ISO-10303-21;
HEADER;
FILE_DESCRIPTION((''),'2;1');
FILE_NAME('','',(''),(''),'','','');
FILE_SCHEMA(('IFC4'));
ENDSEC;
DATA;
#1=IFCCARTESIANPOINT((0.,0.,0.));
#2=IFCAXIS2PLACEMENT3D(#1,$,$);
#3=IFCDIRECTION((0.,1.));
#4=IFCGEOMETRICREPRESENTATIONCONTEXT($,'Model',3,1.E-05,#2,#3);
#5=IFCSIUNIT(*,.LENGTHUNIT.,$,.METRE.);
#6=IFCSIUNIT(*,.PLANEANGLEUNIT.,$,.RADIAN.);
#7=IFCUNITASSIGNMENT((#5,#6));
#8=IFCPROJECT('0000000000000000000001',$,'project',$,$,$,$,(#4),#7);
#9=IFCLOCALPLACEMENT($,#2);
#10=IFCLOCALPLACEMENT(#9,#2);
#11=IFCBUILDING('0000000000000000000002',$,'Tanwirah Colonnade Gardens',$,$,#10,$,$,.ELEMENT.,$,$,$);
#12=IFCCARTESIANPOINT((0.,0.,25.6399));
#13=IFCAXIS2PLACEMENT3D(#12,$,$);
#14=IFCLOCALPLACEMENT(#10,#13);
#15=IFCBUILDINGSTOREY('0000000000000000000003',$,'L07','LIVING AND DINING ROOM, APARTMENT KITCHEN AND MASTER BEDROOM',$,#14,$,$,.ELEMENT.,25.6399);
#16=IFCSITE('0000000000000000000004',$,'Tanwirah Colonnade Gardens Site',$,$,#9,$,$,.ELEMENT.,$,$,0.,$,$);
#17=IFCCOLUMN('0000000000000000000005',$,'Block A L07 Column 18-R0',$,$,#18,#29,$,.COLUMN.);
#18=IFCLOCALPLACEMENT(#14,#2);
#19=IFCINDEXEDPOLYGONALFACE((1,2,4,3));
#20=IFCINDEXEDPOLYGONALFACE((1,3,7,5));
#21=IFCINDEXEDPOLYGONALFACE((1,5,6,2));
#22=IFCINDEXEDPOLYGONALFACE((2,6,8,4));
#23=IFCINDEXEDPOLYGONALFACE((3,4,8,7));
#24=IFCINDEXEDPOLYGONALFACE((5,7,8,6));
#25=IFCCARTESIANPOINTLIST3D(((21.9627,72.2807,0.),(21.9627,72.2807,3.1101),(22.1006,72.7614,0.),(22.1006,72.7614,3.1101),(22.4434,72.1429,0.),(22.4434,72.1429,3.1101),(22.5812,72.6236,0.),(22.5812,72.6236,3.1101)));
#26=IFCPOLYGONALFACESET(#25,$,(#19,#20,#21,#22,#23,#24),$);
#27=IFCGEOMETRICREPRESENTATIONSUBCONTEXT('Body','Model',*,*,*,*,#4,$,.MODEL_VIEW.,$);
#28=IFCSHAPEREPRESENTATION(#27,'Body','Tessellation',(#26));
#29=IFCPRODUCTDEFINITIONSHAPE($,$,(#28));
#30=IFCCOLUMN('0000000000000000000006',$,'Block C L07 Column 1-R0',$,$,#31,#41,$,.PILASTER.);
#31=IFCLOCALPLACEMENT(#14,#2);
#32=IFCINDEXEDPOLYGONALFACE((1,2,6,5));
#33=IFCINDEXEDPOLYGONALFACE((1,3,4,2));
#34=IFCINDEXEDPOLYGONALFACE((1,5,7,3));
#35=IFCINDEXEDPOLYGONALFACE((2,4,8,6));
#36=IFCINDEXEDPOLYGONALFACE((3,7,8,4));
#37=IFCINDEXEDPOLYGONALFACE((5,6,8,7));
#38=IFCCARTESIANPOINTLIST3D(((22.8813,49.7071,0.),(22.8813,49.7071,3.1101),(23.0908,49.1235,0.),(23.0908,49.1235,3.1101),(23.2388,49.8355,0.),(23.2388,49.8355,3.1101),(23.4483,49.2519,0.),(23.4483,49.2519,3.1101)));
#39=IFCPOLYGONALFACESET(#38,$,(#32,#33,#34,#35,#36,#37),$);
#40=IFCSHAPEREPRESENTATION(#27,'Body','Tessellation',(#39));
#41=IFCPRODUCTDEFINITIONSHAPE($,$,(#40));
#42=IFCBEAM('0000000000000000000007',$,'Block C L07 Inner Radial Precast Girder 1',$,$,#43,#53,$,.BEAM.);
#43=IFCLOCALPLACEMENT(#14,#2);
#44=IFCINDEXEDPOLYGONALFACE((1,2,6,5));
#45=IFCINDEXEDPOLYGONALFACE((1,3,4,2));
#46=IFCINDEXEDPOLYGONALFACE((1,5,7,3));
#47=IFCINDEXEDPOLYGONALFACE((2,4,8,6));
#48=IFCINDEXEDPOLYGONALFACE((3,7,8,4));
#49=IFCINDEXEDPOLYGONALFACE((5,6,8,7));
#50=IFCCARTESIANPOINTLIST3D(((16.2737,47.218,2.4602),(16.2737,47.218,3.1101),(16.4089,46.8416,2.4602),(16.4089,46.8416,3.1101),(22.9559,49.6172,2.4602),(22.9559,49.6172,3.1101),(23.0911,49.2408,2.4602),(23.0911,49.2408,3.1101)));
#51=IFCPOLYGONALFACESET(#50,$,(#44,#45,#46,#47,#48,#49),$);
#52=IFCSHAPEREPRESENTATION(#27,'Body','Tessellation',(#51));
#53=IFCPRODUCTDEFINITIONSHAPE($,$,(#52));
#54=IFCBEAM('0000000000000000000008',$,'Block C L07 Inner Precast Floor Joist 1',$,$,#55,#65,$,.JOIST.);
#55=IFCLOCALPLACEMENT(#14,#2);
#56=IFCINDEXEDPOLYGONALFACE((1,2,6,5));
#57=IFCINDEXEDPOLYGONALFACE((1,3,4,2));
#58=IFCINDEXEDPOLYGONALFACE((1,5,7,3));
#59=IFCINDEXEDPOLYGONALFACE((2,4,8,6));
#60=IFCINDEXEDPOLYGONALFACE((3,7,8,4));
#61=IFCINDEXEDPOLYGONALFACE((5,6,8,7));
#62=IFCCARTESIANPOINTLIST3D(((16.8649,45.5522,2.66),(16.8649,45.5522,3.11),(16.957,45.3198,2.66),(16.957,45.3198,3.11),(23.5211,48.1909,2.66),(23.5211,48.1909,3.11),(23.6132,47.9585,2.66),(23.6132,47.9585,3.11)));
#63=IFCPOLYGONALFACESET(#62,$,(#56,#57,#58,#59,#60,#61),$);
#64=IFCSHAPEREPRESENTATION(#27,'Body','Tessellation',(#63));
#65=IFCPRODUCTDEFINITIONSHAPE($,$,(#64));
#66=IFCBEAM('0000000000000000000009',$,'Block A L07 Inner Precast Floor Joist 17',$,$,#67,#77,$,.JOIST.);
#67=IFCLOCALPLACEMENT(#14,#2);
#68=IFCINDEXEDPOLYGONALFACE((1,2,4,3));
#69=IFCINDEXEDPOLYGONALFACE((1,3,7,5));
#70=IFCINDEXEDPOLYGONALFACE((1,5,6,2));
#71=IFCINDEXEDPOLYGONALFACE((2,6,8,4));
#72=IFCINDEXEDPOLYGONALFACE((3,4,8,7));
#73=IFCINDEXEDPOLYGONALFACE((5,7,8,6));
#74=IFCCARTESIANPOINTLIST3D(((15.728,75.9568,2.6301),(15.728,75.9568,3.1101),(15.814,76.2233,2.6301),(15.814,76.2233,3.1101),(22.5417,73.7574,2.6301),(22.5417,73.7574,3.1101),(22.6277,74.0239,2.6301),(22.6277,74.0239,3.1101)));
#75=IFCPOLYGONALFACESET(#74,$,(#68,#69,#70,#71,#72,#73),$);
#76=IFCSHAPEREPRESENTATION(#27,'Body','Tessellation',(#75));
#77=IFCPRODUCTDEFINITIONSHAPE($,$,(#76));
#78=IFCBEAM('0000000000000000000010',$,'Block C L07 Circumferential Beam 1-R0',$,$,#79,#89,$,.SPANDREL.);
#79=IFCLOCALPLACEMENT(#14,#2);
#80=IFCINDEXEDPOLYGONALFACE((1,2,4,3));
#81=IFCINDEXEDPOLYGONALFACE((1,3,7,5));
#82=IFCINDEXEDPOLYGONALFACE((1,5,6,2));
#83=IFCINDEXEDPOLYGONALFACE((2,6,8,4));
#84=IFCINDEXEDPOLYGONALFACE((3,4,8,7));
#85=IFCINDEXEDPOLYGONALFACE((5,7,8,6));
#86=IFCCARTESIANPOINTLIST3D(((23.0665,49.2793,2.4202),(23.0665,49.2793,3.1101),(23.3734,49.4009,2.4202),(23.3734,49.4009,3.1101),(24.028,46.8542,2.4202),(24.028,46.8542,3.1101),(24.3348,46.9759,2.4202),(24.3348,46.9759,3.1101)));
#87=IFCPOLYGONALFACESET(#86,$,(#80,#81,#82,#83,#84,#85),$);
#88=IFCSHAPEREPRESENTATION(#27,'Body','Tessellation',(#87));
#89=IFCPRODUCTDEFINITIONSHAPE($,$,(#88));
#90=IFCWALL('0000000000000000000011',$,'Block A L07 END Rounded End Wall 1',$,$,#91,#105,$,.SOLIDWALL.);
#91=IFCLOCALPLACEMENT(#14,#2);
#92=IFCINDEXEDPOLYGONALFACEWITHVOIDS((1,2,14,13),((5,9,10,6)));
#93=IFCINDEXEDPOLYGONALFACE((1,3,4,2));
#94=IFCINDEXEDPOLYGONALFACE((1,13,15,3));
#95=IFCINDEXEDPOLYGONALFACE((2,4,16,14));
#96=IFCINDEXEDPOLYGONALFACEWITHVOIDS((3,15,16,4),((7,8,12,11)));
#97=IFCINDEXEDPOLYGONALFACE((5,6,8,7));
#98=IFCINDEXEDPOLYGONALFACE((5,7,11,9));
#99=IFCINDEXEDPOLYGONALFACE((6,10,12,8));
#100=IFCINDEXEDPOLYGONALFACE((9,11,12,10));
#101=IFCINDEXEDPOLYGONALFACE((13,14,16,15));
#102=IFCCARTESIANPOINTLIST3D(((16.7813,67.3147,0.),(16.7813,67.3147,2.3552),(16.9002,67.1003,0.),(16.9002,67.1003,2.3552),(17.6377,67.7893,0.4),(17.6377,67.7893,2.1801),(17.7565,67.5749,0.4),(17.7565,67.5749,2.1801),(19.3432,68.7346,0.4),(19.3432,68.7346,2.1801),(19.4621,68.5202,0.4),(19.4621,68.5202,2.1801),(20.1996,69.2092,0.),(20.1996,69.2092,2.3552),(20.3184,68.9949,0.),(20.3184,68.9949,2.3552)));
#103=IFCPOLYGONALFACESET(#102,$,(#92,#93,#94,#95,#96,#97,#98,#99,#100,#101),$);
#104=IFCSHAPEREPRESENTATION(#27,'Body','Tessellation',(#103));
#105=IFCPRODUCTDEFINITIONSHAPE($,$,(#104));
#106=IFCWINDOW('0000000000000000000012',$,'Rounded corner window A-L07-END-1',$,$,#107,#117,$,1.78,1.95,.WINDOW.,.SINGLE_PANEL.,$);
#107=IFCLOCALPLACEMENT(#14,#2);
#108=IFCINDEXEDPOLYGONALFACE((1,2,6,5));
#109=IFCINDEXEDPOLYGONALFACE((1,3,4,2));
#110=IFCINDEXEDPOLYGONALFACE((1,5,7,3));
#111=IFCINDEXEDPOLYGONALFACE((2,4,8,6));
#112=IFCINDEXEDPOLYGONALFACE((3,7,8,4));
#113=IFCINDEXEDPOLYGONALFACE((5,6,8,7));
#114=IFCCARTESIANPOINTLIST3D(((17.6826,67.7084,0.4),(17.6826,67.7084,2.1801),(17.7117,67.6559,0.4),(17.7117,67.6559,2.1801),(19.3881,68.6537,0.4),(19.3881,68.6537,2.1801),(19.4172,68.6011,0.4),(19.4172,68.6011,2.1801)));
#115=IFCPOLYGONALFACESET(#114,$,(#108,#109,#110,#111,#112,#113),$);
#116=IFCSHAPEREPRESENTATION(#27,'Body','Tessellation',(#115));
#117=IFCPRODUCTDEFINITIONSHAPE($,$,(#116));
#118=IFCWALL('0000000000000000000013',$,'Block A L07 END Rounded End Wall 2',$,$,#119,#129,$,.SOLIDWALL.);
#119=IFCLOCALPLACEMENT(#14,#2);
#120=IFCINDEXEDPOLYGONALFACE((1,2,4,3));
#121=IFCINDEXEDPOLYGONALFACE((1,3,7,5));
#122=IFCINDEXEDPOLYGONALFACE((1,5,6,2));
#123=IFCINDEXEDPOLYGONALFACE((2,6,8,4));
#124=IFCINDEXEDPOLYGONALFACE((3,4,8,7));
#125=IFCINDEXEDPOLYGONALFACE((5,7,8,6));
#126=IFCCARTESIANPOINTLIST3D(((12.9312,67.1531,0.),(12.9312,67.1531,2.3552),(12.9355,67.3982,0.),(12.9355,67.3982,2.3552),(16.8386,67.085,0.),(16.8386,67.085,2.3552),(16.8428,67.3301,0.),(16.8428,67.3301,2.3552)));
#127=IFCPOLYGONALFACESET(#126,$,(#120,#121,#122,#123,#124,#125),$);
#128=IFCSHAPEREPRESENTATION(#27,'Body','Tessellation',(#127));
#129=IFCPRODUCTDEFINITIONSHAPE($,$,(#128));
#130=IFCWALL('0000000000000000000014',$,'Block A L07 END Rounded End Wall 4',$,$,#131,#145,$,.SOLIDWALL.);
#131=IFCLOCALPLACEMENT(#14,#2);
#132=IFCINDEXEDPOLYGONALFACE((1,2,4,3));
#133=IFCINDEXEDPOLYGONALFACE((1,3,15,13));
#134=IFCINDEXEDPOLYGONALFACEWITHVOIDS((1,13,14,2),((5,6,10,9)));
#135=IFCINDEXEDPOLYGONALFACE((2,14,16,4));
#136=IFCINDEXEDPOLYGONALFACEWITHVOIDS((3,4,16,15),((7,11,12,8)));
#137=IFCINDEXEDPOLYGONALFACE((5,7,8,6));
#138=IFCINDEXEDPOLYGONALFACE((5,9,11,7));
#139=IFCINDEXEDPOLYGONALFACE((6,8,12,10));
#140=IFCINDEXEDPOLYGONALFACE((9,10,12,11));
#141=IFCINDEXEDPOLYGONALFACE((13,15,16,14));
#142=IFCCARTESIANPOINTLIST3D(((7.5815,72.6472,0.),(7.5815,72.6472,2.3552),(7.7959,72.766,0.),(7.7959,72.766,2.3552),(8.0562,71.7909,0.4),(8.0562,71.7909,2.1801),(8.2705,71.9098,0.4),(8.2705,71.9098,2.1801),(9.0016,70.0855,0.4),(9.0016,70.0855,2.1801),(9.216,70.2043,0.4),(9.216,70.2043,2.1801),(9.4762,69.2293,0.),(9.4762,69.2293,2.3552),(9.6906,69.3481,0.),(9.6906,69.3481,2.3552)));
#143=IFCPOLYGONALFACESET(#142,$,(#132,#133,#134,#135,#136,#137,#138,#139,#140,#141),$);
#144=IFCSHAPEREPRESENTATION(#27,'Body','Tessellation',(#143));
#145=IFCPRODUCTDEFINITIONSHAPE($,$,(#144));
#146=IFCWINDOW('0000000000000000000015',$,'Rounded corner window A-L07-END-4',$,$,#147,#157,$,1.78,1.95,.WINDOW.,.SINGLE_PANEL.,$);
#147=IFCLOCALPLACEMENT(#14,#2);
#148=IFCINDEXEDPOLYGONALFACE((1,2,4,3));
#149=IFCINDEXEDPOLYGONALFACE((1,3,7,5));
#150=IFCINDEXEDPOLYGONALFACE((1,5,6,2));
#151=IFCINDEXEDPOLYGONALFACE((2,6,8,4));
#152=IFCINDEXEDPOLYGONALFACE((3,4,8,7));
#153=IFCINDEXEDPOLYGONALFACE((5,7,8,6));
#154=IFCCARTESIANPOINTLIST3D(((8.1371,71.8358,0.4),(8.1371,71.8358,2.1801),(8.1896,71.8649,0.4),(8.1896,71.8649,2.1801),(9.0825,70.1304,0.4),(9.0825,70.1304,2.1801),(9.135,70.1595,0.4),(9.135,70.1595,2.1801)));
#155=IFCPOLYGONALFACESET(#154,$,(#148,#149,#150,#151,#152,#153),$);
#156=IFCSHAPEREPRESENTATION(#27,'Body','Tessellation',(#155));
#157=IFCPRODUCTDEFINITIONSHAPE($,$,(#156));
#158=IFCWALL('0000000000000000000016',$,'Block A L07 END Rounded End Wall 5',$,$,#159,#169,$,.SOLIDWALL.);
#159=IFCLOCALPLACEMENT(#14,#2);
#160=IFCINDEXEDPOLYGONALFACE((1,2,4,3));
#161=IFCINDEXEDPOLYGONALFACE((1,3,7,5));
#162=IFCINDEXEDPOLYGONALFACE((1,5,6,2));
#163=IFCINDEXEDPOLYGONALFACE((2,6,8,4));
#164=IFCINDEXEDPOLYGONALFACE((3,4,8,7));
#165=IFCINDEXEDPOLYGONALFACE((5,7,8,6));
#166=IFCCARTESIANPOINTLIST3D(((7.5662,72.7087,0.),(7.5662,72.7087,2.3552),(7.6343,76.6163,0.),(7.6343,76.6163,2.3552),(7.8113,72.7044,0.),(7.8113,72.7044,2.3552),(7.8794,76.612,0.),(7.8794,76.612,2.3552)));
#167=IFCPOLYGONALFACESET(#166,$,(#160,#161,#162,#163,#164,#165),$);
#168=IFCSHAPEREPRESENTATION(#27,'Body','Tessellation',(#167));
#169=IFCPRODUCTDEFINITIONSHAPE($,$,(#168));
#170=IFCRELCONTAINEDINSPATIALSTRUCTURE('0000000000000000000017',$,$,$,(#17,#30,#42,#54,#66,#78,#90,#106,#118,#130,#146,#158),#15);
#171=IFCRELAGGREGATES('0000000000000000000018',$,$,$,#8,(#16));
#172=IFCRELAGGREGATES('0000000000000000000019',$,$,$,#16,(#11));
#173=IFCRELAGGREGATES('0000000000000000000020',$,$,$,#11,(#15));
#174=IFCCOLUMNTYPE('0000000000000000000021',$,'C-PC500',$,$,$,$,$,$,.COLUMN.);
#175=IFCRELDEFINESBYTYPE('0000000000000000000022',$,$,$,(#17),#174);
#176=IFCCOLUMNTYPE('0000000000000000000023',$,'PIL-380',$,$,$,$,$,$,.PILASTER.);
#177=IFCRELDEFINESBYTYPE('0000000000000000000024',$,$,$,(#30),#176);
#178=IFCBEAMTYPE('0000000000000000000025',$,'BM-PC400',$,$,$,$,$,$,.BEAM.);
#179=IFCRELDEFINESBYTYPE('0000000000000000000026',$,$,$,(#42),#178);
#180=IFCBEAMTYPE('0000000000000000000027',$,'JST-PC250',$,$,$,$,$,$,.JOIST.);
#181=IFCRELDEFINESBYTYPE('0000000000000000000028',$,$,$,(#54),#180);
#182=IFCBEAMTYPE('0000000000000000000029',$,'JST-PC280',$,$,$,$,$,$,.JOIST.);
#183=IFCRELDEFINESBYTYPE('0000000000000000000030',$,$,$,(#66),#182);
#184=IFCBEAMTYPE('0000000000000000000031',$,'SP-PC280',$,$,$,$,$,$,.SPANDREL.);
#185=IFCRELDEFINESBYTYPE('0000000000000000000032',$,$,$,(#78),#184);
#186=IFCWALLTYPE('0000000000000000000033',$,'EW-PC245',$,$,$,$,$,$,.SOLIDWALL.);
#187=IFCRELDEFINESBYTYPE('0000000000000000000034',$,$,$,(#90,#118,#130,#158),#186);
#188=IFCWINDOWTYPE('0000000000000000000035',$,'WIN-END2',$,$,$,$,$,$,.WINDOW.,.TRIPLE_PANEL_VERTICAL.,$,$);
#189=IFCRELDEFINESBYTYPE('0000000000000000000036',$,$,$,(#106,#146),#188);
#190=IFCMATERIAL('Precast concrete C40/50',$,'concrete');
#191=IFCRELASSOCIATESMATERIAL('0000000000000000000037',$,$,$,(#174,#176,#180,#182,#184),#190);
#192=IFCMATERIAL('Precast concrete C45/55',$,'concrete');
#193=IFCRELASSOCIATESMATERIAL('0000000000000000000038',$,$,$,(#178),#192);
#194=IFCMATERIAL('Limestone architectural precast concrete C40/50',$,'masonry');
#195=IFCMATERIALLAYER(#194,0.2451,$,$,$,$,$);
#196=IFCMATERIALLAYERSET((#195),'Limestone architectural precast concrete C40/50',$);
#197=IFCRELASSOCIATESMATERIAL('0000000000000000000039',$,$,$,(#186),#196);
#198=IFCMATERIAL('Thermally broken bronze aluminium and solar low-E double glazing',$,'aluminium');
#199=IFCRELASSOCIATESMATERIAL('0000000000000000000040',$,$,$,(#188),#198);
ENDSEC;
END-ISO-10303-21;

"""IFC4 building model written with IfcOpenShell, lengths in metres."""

from ifc_helpers import new_model, si_unit, direction, frame, frame_2d, origin, origin_2d, place, context, subcontext, project, spatial, rectangle, extrude, material, layer, layer_set, material_profile, profile_set, type_object, element, fill, save


model = new_model("IFC4")

# Units and contexts
model_context = context("Model", 3, precision=1e-05, world=origin(), true_north=direction((0.0, 1.0)))
body_context = subcontext(model_context, "Body", "Model", "MODEL_VIEW")
ifc_project = project(units=[si_unit("LENGTHUNIT", "METRE"), si_unit("PLANEANGLEUNIT", "RADIAN")], contexts=[model_context])

# Site, building, storey
site_placement = place(None, origin())
site = spatial("IfcSite", under=ifc_project, at=site_placement, Name="Tanwirah Colonnade Gardens Site", CompositionType="ELEMENT", RefElevation=0.0)
building_placement = place(site_placement, origin())
building = spatial("IfcBuilding", under=site, at=building_placement, Name="Tanwirah Colonnade Gardens", CompositionType="ELEMENT")
storey_placement = place(building_placement, frame((0.0, 0.0, 25.6399)))
storey = spatial("IfcBuildingStorey", under=building, at=storey_placement, Name="L07", Description="LIVING AND DINING ROOM, APARTMENT KITCHEN AND MASTER BEDROOM", CompositionType="ELEMENT", Elevation=25.6399)

# Columns
ifc_material_1 = material(Name="Precast concrete C40/50", Category="concrete")
ifc_material_profile_1 = material_profile(ifc_material_1, rectangle(XDim=0.5, YDim=0.5, at=origin_2d()), Name="PC-COL 500x500")
ifc_profile_set_1 = profile_set([ifc_material_profile_1], Name="Precast concrete C40/50")
column_type_1 = type_object("IfcColumnType", Name="C-PC500", PredefinedType="COLUMN", material=ifc_profile_set_1)
column_1_placement = place(storey_placement, frame((22.272, 72.4521, 0.0), z_axis=(0.0, 0.0, 1.0), x_axis=(-0.961262, 0.275637, 0.0)))
element("IfcColumn", 1, at=column_1_placement, inside=storey, type_object=column_type_1, Name="Block A L07 Column 18-R0", PredefinedType="COLUMN", context=body_context, shape_type="SweptSolid", body=[
    extrude(rectangle(XDim=0.5, YDim=0.5, at=origin_2d()), origin(), (0.0, 0.0, 1.0), 3.1101),
])
ifc_material_profile_2 = material_profile(ifc_material_1, rectangle(XDim=0.3799, YDim=0.6201, at=origin_2d()), Name="PC-PIL 380x620")
ifc_profile_set_2 = profile_set([ifc_material_profile_2], Name="Precast concrete C40/50")
column_type_2 = type_object("IfcColumnType", Name="PIL-380", PredefinedType="PILASTER", material=ifc_profile_set_2)
column_2_placement = place(storey_placement, frame((23.1648, 49.4795, 0.0), z_axis=(0.0, 0.0, 1.0), x_axis=(-0.941176, -0.337917, 0.0)))
element("IfcColumn", 2, at=column_2_placement, inside=storey, type_object=column_type_2, Name="Block C L07 Column 1-R0", PredefinedType="PILASTER", context=body_context, shape_type="SweptSolid", body=[
    extrude(rectangle(XDim=0.3799, YDim=0.6201, at=origin_2d()), origin(), (0.0, 0.0, 1.0), 3.1101),
])

# Beams
ifc_material_2 = material(Name="Precast concrete C45/55", Category="concrete")
ifc_material_profile_3 = material_profile(ifc_material_2, rectangle(XDim=0.3999, YDim=0.6499, at=origin_2d()), Name="PC-BM 400x650")
ifc_profile_set_3 = profile_set([ifc_material_profile_3], Name="Precast concrete C45/55")
beam_type_1 = type_object("IfcBeamType", Name="BM-PC400", PredefinedType="BEAM", material=ifc_profile_set_3)
beam_1_placement = place(storey_placement, frame((16.3413, 47.0298, 2.7852), z_axis=(0.941174, 0.337922, 0.0), x_axis=(-0.337922, 0.941174, 0.0)))
element("IfcBeam", 3, at=beam_1_placement, inside=storey, type_object=beam_type_1, Name="Block C L07 Inner Radial Precast Girder 1", PredefinedType="BEAM", context=body_context, shape_type="SweptSolid", body=[
    extrude(rectangle(XDim=0.3999, YDim=0.6499, at=origin_2d()), origin(), (0.0, 0.0, 1.0), 7.0999),
])
ifc_material_profile_4 = material_profile(ifc_material_1, rectangle(XDim=0.25, YDim=0.45, at=origin_2d()), Name="PC-JST 250x450")
ifc_profile_set_4 = profile_set([ifc_material_profile_4], Name="Precast concrete C40/50")
beam_type_2 = type_object("IfcBeamType", Name="JST-PC250", PredefinedType="JOIST", material=ifc_profile_set_4)
beam_2_placement = place(storey_placement, frame((23.5671, 48.0747, 2.885), z_axis=(-0.92962, -0.36852, 0.0), x_axis=(0.36852, -0.92962, 0.0)))
element("IfcBeam", 4, at=beam_2_placement, inside=storey, type_object=beam_type_2, Name="Block C L07 Inner Precast Floor Joist 1", PredefinedType="JOIST", context=body_context, shape_type="SweptSolid", body=[
    extrude(rectangle(XDim=0.25, YDim=0.45, at=origin_2d()), origin(), (0.0, 0.0, 1.0), 7.1602),
])
ifc_material_profile_5 = material_profile(ifc_material_1, rectangle(XDim=0.28, YDim=0.48, at=origin_2d()), Name="PC-JST 280x480")
ifc_profile_set_5 = profile_set([ifc_material_profile_5], Name="Precast concrete C40/50")
beam_type_3 = type_object("IfcBeamType", Name="JST-PC280", PredefinedType="JOIST", material=ifc_profile_set_5)
beam_3_placement = place(storey_placement, frame((22.5847, 73.8906, 2.8701), z_axis=(-0.951648, 0.307191, 0.0), x_axis=(-0.307191, -0.951648, 0.0)))
element("IfcBeam", 5, at=beam_3_placement, inside=storey, type_object=beam_type_3, Name="Block A L07 Inner Precast Floor Joist 17", PredefinedType="JOIST", context=body_context, shape_type="SweptSolid", body=[
    extrude(rectangle(XDim=0.28, YDim=0.48, at=origin_2d()), origin(), (0.0, 0.0, 1.0), 7.1599),
])
ifc_material_profile_6 = material_profile(ifc_material_1, rectangle(XDim=0.3301, YDim=0.6899, at=origin_2d()), Name="PC-SP 330x690")
ifc_profile_set_6 = profile_set([ifc_material_profile_6], Name="Precast concrete C40/50")
beam_type_4 = type_object("IfcBeamType", Name="SP-PC280", PredefinedType="SPANDREL", material=ifc_profile_set_6)
beam_4_placement = place(storey_placement, frame((23.22, 49.3401, 2.7651), z_axis=(0.368549, -0.929608, 0.0), x_axis=(0.929608, 0.368549, 0.0)))
element("IfcBeam", 6, at=beam_4_placement, inside=storey, type_object=beam_type_4, Name="Block C L07 Circumferential Beam 1-R0", PredefinedType="SPANDREL", context=body_context, shape_type="SweptSolid", body=[
    extrude(rectangle(XDim=0.3301, YDim=0.6899, at=origin_2d()), origin(), (0.0, 0.0, 1.0), 2.6086),
])

# Wall, opening, window
ifc_material_3 = material(Name="Limestone architectural precast concrete C40/50", Category="masonry")
ifc_layer = layer(ifc_material_3, 0.2451)
ifc_layer_set = layer_set([ifc_layer], Name="Limestone architectural precast concrete C40/50")
wall_type = type_object("IfcWallType", Name="EW-PC245", PredefinedType="SOLIDWALL", material=ifc_layer_set)
wall_1_placement = place(storey_placement, frame((20.259, 69.1021, 0.0), z_axis=(0.0, 0.0, 1.0), x_axis=(-0.874643, -0.484768, 0.0)))
wall_1 = element("IfcWall", 7, at=wall_1_placement, inside=storey, type_object=wall_type, Name="Block A L07 END Rounded End Wall 1", PredefinedType="SOLIDWALL", context=body_context, shape_type="SweptSolid", body=[
    extrude(rectangle(XDim=3.9082, YDim=0.2451, at=frame_2d((1.9541, 0.0))), origin(), (0.0, 0.0, 1.0), 2.3552),
])
opening_1_placement = place(wall_1_placement, frame((0.979, 0.0, 0.3999)))
opening_1 = element("IfcOpeningElement", 8, at=opening_1_placement, cuts=wall_1, PredefinedType="OPENING", context=body_context, shape_type="SweptSolid", body=[
    extrude(rectangle(XDim=1.95, YDim=1.78, at=frame_2d((0.9751, 0.8901))), frame((0.0, 0.1326, 0.0), z_axis=(0.0, -1.0, 0.0), x_axis=(1.0, 0.0, 0.0)), (0.0, 0.0, 1.0), 0.2651),
])
ifc_material_4 = material(Name="Thermally broken bronze aluminium and solar low-E double glazing", Category="aluminium")
window_type_1 = type_object("IfcWindowType", Name="WIN-END2", PartitioningType="TRIPLE_PANEL_VERTICAL", PredefinedType="WINDOW", material=ifc_material_4)
window_1_placement = place(opening_1_placement, origin())
window_1 = element("IfcWindow", 9, at=window_1_placement, inside=storey, type_object=window_type_1, Name="Rounded corner window A-L07-END-1", OverallHeight=1.78, OverallWidth=1.95, PartitioningType="SINGLE_PANEL", PredefinedType="WINDOW", context=body_context, shape_type="SweptSolid", body=[
    extrude(rectangle(XDim=1.95, YDim=1.78, at=frame_2d((0.9751, 0.8901))), frame((0.0, 0.03, 0.0), z_axis=(0.0, -1.0, 0.0), x_axis=(1.0, 0.0, 0.0)), (0.0, 0.0, 1.0), 0.0601),
])
fill(opening_1, window_1)

# Wall
wall_2_placement = place(storey_placement, frame((16.8408, 67.2075, 0.0), z_axis=(0.0, 0.0, 1.0), x_axis=(-0.999848, 0.017429, 0.0)))
element("IfcWall", 10, at=wall_2_placement, inside=storey, type_object=wall_type, Name="Block A L07 END Rounded End Wall 2", PredefinedType="SOLIDWALL", context=body_context, shape_type="SweptSolid", body=[
    extrude(rectangle(XDim=3.908, YDim=0.2451, at=frame_2d((1.9541, 0.0))), origin(), (0.0, 0.0, 1.0), 2.3552),
])

# Wall, opening, window
wall_3_placement = place(storey_placement, frame((9.5835, 69.2886, 0.0), z_axis=(0.0, 0.0, 1.0), x_axis=(-0.484842, 0.874602, 0.0)))
wall_3 = element("IfcWall", 11, at=wall_3_placement, inside=storey, type_object=wall_type, Name="Block A L07 END Rounded End Wall 4", PredefinedType="SOLIDWALL", context=body_context, shape_type="SweptSolid", body=[
    extrude(rectangle(XDim=3.908, YDim=0.2451, at=frame_2d((1.9541, 0.0))), origin(), (0.0, 0.0, 1.0), 2.3552),
])
opening_2_placement = place(wall_3_placement, frame((0.979, 0.0, 0.3999)))
opening_2 = element("IfcOpeningElement", 12, at=opening_2_placement, cuts=wall_3, PredefinedType="OPENING", context=body_context, shape_type="SweptSolid", body=[
    extrude(rectangle(XDim=1.95, YDim=1.78, at=frame_2d((0.9751, 0.8901))), frame((0.0, 0.1326, 0.0), z_axis=(0.0, -1.0, 0.0), x_axis=(1.0, 0.0, 0.0)), (0.0, 0.0, 1.0), 0.2651),
])
window_2_placement = place(opening_2_placement, origin())
window_2 = element("IfcWindow", 13, at=window_2_placement, inside=storey, type_object=window_type_1, Name="Rounded corner window A-L07-END-4", OverallHeight=1.78, OverallWidth=1.95, PartitioningType="SINGLE_PANEL", PredefinedType="WINDOW", context=body_context, shape_type="SweptSolid", body=[
    extrude(rectangle(XDim=1.95, YDim=1.78, at=frame_2d((0.9751, 0.8901))), frame((0.0, 0.03, 0.0), z_axis=(0.0, -1.0, 0.0), x_axis=(1.0, 0.0, 0.0)), (0.0, 0.0, 1.0), 0.0601),
])
fill(opening_2, window_2)

# Wall
wall_4_placement = place(storey_placement, frame((7.6887, 72.7065, 0.0), z_axis=(0.0, 0.0, 1.0), x_axis=(0.017428, 0.999848, 0.0)))
element("IfcWall", 14, at=wall_4_placement, inside=storey, type_object=wall_type, Name="Block A L07 END Rounded End Wall 5", PredefinedType="SOLIDWALL", context=body_context, shape_type="SweptSolid", body=[
    extrude(rectangle(XDim=3.9082, YDim=0.2451, at=frame_2d((1.9541, 0.0))), origin(), (0.0, 0.0, 1.0), 2.3552),
])

save(model, "model.ifc")
